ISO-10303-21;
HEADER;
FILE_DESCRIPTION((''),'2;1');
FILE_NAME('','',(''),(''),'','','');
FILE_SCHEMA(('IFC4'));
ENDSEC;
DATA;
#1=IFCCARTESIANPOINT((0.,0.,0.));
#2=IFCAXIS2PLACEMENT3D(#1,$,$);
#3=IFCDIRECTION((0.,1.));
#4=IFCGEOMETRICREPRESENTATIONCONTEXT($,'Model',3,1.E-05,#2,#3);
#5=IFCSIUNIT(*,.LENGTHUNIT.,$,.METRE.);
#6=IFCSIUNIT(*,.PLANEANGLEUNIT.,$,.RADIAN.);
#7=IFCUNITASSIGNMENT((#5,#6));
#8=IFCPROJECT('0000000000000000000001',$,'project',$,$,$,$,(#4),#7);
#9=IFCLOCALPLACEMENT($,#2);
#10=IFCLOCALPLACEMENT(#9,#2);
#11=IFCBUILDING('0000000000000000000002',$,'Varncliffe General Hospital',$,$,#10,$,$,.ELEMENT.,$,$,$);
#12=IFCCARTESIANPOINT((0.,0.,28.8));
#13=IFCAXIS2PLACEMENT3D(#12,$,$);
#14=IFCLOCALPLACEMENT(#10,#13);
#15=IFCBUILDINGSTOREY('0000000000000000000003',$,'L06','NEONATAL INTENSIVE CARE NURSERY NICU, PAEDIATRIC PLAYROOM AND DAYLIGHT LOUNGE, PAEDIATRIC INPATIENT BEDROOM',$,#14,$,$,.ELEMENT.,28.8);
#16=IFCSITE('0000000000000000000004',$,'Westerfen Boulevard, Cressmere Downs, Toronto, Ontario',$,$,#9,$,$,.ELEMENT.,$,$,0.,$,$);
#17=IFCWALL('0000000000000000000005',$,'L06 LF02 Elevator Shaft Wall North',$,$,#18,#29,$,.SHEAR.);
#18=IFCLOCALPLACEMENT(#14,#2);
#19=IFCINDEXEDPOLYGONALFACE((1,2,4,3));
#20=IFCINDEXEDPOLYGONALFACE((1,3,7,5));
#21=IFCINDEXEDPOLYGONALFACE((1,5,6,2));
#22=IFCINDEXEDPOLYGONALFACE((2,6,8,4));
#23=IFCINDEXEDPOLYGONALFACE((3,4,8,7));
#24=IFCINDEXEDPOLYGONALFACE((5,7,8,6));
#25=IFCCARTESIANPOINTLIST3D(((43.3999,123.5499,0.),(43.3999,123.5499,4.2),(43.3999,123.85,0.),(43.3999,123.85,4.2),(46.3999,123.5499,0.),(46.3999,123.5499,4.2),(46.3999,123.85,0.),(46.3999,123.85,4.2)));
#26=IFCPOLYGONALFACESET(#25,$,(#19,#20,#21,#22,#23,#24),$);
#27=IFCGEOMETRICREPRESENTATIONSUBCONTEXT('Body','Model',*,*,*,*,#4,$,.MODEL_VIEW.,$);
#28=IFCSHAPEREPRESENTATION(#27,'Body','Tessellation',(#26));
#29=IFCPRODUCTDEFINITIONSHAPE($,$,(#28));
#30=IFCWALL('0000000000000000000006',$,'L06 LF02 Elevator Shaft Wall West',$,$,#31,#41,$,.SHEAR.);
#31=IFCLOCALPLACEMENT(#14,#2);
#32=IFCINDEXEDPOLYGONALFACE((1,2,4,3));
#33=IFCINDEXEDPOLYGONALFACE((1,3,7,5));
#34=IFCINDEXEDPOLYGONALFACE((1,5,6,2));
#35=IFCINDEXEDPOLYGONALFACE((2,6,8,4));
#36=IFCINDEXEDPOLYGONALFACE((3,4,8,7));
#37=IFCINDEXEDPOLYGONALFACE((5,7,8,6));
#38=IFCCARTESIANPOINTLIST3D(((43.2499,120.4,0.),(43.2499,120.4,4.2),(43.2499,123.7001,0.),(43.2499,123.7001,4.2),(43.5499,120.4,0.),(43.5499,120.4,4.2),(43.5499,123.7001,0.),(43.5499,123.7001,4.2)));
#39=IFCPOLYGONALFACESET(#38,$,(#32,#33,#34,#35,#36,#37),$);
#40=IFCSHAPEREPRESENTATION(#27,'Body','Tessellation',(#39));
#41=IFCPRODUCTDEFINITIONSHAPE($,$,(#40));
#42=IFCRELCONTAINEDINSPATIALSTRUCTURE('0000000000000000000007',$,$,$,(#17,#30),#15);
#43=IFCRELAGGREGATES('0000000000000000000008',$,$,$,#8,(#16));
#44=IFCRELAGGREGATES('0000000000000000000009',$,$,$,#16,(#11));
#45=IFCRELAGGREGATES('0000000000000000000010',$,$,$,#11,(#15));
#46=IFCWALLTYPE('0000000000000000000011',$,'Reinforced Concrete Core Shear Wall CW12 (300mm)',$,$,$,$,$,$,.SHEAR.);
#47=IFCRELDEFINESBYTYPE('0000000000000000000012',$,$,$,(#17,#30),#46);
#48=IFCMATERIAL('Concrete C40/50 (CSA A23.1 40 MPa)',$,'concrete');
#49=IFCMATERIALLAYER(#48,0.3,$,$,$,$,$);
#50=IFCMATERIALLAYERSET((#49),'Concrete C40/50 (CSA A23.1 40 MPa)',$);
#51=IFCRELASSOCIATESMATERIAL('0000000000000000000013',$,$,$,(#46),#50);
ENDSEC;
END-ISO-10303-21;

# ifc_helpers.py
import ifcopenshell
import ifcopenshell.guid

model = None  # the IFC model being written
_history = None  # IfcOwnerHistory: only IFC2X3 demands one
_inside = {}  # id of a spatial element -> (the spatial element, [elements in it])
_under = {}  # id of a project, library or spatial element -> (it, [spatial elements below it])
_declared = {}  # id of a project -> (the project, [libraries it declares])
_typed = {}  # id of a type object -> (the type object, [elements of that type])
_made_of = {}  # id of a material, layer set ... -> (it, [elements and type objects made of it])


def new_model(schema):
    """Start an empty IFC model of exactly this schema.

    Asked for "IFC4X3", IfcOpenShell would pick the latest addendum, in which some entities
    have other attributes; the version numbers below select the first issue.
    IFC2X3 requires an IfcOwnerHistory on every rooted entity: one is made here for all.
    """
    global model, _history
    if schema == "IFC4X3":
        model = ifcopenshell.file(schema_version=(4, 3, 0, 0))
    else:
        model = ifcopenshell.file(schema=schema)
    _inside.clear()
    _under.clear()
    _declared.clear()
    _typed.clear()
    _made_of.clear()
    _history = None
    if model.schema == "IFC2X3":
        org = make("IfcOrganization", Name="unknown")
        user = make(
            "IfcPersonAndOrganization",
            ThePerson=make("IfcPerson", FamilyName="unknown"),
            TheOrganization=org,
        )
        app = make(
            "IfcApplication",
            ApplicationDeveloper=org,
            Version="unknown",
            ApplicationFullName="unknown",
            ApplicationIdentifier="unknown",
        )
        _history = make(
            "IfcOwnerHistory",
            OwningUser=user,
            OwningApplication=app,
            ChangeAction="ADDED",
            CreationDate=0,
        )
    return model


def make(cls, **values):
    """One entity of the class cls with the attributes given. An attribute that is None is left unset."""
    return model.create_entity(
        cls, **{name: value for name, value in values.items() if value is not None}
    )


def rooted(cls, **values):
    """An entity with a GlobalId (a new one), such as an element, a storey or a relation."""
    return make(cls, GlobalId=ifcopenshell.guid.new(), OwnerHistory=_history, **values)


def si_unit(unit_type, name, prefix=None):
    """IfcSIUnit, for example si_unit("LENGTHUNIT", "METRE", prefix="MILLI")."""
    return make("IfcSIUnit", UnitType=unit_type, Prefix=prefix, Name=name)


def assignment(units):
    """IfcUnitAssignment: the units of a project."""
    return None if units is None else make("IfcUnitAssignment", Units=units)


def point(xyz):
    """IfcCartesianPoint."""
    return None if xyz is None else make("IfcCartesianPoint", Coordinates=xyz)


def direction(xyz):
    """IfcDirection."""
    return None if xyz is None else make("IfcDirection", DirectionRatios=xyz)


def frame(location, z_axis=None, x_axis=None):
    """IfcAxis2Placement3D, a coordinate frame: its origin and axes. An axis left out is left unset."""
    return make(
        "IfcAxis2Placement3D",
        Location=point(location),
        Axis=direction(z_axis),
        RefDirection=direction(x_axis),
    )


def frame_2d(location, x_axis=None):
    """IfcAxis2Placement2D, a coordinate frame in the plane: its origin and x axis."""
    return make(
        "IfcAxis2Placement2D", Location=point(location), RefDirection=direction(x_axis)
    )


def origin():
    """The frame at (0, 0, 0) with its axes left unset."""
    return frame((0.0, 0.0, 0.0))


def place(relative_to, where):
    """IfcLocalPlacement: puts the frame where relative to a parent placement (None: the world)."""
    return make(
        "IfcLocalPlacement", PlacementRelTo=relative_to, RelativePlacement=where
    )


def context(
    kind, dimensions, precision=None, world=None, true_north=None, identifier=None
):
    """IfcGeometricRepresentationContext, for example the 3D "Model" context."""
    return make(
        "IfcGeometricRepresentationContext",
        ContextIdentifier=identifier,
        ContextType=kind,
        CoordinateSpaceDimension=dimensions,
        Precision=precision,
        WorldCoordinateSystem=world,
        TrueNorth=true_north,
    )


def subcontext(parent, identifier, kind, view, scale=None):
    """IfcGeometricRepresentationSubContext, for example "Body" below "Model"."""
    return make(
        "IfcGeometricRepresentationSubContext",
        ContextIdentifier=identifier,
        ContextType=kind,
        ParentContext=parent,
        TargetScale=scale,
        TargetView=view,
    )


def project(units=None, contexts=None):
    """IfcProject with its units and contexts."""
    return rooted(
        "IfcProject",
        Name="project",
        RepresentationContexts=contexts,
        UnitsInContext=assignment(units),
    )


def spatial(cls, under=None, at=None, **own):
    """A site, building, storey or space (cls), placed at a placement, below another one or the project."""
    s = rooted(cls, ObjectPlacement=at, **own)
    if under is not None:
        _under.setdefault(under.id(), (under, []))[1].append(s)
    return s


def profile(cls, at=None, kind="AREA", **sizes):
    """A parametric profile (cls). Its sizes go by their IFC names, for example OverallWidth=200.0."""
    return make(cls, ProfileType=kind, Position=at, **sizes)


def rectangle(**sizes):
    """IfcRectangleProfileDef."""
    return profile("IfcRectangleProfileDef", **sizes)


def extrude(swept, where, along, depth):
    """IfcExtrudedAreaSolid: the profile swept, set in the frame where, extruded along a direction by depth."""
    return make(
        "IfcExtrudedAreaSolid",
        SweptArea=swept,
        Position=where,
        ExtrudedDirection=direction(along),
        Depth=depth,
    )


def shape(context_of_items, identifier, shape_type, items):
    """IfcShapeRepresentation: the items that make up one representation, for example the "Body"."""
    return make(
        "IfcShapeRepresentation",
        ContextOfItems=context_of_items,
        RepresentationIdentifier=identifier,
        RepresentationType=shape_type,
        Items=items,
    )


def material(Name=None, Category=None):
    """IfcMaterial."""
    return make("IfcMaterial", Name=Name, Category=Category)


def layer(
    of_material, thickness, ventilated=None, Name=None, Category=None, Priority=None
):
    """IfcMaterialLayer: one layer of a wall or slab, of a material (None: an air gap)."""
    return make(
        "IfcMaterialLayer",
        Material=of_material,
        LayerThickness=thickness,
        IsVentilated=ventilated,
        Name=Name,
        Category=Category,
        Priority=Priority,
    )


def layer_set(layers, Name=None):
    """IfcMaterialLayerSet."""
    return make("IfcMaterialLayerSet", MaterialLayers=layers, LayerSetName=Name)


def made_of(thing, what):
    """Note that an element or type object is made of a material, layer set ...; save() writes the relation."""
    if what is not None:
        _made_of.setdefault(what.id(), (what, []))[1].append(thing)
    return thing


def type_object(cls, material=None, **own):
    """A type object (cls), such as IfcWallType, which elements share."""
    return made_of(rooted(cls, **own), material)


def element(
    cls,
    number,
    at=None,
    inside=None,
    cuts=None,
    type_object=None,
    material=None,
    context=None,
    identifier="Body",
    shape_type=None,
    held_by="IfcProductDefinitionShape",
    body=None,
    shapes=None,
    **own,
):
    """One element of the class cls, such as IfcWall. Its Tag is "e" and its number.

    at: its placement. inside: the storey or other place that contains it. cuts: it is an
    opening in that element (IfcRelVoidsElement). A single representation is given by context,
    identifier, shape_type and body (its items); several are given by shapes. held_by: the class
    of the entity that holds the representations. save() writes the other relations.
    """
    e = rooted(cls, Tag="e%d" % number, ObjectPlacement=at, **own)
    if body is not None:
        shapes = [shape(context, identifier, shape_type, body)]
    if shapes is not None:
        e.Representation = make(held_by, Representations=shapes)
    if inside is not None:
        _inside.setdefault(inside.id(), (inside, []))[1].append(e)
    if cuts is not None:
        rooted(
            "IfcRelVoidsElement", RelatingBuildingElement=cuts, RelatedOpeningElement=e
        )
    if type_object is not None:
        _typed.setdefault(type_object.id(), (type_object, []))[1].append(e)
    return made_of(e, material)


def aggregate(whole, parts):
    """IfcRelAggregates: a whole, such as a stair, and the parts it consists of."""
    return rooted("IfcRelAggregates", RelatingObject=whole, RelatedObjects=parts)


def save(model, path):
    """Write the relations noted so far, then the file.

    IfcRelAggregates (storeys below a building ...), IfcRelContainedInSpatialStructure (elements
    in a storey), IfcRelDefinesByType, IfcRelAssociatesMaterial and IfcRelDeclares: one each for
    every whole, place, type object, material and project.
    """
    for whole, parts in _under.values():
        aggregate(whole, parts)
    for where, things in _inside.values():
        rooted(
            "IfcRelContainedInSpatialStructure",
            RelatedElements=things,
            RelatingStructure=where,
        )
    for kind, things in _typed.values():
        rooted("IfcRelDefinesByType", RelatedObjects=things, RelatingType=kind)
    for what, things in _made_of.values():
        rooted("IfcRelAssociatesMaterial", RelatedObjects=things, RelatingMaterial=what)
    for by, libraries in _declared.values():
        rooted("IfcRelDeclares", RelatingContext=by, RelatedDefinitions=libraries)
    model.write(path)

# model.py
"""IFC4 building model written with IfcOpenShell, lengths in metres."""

from ifc_helpers import new_model, si_unit, direction, frame, frame_2d, origin, place, context, subcontext, project, spatial, rectangle, extrude, material, layer, layer_set, type_object, element, save


model = new_model("IFC4")

# Units and contexts
model_context = context("Model", 3, precision=1e-05, world=origin(), true_north=direction((0.0, 1.0)))
body_context = subcontext(model_context, "Body", "Model", "MODEL_VIEW")
ifc_project = project(units=[si_unit("LENGTHUNIT", "METRE"), si_unit("PLANEANGLEUNIT", "RADIAN")], contexts=[model_context])

# Site, building, storey
site_placement = place(None, origin())
site = spatial("IfcSite", under=ifc_project, at=site_placement, Name="Westerfen Boulevard, Cressmere Downs, Toronto, Ontario", CompositionType="ELEMENT", RefElevation=0.0)
building_placement = place(site_placement, origin())
building = spatial("IfcBuilding", under=site, at=building_placement, Name="Varncliffe General Hospital", CompositionType="ELEMENT")
storey_placement = place(building_placement, frame((0.0, 0.0, 28.8)))
storey = spatial("IfcBuildingStorey", under=building, at=storey_placement, Name="L06", Description="NEONATAL INTENSIVE CARE NURSERY NICU, PAEDIATRIC PLAYROOM AND DAYLIGHT LOUNGE, PAEDIATRIC INPATIENT BEDROOM", CompositionType="ELEMENT", Elevation=28.8)

# Shared definitions
ifc_material_1 = material(Name="Concrete C40/50 (CSA A23.1 40 MPa)", Category="concrete")

# Shared definitions
ifc_layer_1 = layer(ifc_material_1, 0.3)
ifc_layer_set_1 = layer_set([ifc_layer_1], Name="Concrete C40/50 (CSA A23.1 40 MPa)")
wall_type_1 = type_object("IfcWallType", Name="Reinforced Concrete Core Shear Wall CW12 (300mm)", PredefinedType="SHEAR", material=ifc_layer_set_1)

# Walls
wall_1_placement = place(storey_placement, frame((46.3999, 123.7, 0.0), z_axis=(0.0, 0.0, 1.0), x_axis=(-1.0, 0.0, 0.0)))
element("IfcWall", 1, at=wall_1_placement, inside=storey, type_object=wall_type_1, Name="L06 LF02 Elevator Shaft Wall North", PredefinedType="SHEAR", context=body_context, shape_type="SweptSolid", body=[
    extrude(rectangle(XDim=3.0, YDim=0.3, at=frame_2d((1.5, 0.0))), origin(), (0.0, 0.0, 1.0), 4.2),
])
wall_2_placement = place(storey_placement, frame((43.3999, 123.7, 0.0), z_axis=(0.0, 0.0, 1.0), x_axis=(0.0, -1.0, 0.0)))
element("IfcWall", 2, at=wall_2_placement, inside=storey, type_object=wall_type_1, Name="L06 LF02 Elevator Shaft Wall West", PredefinedType="SHEAR", context=body_context, shape_type="SweptSolid", body=[
    extrude(rectangle(XDim=3.3, YDim=0.3, at=frame_2d((1.6499, 0.0))), origin(), (0.0, 0.0, 1.0), 4.2),
])

save(model, "model.ifc")
